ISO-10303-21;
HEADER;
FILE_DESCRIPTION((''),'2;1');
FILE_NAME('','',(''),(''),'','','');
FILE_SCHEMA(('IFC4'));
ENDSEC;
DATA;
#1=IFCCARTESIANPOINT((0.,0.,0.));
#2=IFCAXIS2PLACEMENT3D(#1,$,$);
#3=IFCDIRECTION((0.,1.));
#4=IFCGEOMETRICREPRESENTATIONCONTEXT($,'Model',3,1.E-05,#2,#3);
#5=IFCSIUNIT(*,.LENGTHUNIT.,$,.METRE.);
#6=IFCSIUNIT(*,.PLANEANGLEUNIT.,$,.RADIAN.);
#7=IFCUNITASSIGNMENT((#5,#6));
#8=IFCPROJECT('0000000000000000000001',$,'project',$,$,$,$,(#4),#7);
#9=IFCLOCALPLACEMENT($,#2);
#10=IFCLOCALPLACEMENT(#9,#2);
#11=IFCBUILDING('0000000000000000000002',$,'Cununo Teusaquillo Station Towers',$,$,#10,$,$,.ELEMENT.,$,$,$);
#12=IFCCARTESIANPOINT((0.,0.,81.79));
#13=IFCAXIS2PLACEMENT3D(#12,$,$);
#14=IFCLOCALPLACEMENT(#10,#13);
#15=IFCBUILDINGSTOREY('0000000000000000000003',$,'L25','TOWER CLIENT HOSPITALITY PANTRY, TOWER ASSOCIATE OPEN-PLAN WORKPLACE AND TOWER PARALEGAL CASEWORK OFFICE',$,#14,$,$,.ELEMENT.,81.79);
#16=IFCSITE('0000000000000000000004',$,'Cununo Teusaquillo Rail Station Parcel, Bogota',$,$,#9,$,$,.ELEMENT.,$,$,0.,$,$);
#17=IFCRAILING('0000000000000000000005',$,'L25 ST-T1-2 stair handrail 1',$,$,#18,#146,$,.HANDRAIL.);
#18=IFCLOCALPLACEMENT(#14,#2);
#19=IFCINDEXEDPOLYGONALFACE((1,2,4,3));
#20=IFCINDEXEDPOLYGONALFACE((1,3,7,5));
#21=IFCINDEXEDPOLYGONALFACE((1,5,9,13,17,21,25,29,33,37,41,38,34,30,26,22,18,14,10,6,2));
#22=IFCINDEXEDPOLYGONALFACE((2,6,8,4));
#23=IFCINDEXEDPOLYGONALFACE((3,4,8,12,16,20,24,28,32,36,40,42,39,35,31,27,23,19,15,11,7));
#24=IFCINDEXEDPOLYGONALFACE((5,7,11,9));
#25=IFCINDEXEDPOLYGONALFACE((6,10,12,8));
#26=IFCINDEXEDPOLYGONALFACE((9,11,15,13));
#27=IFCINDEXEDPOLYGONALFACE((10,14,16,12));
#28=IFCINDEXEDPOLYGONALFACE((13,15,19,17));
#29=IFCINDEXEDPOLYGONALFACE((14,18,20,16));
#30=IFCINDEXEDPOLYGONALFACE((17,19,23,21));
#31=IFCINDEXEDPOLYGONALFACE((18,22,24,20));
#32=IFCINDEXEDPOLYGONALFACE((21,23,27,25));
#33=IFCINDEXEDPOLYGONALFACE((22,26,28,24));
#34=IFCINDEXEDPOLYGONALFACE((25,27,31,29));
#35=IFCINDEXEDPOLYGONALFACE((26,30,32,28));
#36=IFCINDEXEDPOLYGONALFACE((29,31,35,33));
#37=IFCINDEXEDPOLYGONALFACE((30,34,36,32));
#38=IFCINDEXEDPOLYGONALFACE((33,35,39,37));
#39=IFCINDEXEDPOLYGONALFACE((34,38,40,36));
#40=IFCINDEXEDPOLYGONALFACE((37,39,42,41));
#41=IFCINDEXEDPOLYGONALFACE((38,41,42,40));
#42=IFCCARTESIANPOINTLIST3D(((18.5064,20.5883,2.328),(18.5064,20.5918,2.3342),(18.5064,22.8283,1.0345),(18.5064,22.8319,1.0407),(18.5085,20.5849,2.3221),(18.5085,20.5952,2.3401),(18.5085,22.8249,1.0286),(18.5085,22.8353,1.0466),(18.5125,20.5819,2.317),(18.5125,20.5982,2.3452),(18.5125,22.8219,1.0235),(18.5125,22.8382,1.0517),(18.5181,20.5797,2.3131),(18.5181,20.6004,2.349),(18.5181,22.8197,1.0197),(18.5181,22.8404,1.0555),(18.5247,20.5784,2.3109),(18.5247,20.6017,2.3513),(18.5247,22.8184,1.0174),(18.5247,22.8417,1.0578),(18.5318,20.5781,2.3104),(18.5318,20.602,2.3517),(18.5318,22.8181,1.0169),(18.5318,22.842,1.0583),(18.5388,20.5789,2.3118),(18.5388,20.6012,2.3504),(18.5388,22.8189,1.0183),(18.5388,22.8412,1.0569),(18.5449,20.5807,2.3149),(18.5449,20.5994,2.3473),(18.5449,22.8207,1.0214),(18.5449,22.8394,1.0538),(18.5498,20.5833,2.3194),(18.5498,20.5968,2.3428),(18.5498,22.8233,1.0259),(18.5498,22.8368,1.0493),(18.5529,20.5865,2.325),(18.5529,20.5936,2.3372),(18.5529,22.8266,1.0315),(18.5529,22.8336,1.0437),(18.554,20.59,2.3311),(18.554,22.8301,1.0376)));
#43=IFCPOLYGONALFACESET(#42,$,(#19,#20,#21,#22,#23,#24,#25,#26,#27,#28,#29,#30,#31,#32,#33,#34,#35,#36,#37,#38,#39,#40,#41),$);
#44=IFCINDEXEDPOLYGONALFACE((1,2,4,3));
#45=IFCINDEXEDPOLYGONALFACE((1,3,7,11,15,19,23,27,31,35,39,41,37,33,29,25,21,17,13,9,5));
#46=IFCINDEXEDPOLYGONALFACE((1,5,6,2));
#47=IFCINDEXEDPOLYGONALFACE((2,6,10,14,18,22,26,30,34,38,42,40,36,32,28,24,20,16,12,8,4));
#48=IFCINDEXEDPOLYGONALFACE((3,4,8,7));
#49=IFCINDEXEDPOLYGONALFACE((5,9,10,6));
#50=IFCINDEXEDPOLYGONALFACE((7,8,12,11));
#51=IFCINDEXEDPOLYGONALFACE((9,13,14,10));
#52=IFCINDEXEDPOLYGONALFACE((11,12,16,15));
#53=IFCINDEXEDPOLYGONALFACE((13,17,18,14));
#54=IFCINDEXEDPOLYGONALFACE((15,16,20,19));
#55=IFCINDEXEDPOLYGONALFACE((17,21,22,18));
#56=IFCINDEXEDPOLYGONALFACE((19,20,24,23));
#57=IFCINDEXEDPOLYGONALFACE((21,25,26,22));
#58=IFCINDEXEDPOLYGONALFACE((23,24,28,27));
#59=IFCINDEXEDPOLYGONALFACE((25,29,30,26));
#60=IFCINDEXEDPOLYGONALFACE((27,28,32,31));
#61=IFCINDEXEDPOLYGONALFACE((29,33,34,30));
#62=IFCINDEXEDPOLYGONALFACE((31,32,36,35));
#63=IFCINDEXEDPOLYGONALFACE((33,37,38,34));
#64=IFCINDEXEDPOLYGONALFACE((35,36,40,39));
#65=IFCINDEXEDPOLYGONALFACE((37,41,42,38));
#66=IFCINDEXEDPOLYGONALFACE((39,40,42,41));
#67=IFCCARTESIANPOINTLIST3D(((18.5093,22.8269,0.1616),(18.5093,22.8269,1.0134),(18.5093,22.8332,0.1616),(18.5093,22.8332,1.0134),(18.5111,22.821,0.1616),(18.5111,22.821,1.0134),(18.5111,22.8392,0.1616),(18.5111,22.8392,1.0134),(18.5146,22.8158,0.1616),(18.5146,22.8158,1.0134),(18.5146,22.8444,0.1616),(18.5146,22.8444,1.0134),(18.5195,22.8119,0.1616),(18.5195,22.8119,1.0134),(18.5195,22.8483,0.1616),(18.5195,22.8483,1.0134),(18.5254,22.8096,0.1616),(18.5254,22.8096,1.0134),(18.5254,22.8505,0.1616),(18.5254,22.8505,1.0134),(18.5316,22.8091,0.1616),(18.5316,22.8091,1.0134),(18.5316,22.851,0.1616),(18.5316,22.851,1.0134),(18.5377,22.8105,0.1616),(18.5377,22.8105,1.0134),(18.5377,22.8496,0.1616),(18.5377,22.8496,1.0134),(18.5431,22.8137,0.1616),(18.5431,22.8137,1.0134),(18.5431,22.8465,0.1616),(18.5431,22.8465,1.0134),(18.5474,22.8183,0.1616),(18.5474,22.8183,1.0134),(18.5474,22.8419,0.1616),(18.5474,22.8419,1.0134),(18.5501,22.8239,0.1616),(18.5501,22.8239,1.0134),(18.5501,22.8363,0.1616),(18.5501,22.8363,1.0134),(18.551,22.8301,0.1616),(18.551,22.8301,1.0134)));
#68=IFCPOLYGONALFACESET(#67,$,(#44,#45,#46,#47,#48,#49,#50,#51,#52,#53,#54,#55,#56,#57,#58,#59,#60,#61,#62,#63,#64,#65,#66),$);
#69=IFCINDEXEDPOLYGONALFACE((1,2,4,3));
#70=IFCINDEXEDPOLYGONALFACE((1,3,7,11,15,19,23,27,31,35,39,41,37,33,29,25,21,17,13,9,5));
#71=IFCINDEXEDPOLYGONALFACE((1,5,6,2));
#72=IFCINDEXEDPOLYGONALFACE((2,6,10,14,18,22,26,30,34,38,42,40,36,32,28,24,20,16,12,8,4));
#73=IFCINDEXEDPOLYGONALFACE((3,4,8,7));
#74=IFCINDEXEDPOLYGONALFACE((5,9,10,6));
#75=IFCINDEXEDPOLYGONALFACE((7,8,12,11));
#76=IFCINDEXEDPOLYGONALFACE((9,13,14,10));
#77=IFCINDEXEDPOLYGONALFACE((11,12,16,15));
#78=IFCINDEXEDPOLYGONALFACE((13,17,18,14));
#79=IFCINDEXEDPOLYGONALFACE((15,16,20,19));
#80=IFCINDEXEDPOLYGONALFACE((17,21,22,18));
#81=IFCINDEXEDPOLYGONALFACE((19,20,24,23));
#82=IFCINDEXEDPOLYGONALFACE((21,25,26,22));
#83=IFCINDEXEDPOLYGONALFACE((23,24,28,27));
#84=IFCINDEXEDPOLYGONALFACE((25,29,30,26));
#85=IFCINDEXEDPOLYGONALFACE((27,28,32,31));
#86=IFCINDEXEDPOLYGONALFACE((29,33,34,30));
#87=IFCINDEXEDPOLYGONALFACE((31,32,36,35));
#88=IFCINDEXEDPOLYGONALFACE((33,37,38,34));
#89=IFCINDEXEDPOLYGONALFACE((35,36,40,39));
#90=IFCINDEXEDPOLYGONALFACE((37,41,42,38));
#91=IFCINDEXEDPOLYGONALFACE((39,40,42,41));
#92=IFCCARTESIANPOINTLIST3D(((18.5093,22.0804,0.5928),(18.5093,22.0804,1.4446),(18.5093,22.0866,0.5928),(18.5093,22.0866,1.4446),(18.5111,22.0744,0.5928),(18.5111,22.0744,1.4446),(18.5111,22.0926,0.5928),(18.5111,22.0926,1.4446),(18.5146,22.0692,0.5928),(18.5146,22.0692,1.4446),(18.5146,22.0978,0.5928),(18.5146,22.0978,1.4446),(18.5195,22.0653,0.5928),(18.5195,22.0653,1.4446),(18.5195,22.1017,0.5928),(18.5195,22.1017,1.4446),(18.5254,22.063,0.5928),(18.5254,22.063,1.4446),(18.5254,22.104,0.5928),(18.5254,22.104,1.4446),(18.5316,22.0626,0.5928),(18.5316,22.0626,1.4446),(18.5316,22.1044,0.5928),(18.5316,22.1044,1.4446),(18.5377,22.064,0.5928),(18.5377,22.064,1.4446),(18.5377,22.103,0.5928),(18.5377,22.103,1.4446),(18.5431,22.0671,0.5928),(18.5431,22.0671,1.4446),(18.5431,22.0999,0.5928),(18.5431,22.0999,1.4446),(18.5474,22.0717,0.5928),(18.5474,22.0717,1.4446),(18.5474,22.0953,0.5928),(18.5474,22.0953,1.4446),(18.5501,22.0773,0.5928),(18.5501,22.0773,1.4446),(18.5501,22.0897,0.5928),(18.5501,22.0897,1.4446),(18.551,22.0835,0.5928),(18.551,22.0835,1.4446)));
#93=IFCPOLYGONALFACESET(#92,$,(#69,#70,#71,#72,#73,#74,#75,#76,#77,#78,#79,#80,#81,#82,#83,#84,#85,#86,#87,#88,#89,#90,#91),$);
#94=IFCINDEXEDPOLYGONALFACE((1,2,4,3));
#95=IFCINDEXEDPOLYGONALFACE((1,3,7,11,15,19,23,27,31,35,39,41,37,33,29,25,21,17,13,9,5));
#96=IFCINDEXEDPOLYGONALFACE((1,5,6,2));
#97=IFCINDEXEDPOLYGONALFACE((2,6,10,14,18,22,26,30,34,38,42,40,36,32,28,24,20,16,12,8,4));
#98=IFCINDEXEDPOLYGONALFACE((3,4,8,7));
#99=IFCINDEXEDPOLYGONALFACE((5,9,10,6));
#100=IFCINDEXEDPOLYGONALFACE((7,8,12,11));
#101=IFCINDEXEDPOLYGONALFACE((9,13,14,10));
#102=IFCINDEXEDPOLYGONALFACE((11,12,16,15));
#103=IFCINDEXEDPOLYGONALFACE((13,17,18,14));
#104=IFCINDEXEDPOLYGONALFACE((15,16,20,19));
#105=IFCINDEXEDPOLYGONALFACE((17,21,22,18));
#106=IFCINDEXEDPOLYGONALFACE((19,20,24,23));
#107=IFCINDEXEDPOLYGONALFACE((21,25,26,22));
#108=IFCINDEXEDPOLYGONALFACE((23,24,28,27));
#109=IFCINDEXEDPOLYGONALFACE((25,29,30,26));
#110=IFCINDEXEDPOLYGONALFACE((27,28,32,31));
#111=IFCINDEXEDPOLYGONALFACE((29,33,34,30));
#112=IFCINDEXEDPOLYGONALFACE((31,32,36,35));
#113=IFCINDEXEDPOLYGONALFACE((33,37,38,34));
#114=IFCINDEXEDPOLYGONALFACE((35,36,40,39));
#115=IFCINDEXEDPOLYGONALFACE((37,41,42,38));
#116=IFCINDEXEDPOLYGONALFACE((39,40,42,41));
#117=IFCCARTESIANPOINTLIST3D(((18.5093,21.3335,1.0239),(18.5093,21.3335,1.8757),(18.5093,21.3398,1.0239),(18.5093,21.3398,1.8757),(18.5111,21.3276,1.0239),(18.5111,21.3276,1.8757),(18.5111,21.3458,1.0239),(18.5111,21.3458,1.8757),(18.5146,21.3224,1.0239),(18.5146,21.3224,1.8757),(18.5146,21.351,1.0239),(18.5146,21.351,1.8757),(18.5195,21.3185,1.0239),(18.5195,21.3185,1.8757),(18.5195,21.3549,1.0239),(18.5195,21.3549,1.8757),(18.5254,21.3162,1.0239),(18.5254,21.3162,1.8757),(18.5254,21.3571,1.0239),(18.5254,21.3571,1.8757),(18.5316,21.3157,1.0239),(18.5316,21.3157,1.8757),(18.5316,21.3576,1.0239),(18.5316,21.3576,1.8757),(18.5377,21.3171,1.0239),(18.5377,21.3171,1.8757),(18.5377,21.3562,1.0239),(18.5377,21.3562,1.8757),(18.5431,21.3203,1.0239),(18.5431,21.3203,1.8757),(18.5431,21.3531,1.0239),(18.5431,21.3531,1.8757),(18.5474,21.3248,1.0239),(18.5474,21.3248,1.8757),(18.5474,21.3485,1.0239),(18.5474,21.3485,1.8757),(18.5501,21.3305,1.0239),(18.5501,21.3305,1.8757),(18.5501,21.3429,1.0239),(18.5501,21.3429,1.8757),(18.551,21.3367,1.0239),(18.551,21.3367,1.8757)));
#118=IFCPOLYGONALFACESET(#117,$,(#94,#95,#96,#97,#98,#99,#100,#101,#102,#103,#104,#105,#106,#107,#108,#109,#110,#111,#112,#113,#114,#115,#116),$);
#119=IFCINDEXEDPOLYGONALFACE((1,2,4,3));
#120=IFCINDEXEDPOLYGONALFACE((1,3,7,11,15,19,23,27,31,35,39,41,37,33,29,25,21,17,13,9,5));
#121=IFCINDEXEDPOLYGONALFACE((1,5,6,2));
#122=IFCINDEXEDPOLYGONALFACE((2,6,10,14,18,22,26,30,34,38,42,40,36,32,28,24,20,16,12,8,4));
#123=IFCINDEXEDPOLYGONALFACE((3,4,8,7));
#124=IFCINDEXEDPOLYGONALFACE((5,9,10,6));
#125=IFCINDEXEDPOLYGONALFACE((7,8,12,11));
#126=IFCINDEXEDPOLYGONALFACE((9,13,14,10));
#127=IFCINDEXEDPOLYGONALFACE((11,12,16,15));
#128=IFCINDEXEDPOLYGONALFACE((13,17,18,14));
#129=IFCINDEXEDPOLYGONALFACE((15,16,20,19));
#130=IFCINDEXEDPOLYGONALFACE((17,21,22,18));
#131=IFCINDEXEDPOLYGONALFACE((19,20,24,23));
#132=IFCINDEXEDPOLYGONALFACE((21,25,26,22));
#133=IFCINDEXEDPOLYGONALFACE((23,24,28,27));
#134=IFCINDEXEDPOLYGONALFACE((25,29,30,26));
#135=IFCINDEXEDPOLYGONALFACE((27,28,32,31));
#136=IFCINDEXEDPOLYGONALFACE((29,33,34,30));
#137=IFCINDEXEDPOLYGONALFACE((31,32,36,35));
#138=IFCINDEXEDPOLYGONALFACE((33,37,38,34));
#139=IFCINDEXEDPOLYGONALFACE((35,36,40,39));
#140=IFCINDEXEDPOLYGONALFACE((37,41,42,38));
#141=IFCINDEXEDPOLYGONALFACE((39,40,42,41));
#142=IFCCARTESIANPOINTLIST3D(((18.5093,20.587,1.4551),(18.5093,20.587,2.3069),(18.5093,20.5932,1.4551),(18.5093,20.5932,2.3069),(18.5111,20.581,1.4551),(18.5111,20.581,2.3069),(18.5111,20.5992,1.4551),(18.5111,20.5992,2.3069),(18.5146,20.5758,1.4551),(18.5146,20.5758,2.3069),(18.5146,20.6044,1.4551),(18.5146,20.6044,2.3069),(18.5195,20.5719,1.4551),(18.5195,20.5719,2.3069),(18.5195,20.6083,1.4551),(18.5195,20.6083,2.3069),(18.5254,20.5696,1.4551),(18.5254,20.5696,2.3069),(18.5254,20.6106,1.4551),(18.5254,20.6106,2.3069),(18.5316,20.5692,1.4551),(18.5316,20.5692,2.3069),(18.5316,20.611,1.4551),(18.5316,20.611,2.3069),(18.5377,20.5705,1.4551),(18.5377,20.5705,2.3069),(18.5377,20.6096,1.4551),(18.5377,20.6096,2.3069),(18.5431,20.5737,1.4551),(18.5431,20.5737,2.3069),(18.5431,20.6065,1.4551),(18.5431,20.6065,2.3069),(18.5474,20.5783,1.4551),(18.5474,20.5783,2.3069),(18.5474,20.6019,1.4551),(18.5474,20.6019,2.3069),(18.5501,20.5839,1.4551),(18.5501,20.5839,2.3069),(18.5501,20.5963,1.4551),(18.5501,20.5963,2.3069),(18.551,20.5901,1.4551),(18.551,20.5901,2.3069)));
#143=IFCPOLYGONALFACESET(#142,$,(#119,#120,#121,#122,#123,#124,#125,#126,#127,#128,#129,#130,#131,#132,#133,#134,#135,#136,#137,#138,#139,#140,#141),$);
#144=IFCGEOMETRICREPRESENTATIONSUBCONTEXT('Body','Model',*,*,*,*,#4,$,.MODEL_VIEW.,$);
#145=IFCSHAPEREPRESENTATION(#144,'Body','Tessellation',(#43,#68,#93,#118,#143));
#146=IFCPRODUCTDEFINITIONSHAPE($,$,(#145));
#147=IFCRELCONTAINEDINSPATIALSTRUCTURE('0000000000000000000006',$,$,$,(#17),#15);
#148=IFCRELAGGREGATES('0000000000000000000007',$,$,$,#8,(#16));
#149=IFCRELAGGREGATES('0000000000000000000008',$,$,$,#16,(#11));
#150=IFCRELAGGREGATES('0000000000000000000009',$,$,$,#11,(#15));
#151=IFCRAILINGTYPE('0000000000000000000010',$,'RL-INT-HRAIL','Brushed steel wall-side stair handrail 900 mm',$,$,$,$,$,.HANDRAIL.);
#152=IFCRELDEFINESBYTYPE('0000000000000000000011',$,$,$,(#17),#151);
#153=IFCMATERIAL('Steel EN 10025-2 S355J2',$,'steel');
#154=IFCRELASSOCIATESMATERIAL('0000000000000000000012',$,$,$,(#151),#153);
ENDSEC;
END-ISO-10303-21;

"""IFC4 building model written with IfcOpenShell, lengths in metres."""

from ifc_helpers import new_model, si_unit, direction, frame, origin, origin_2d, place, context, subcontext, project, spatial, circle, extrude, material, type_object, element, save


model = new_model("IFC4")

# Units and contexts
model_context = context("Model", 3, precision=1e-05, world=origin(), true_north=direction((0.0, 1.0)))
body_context = subcontext(model_context, "Body", "Model", "MODEL_VIEW")
ifc_project = project(units=[si_unit("LENGTHUNIT", "METRE"), si_unit("PLANEANGLEUNIT", "RADIAN")], contexts=[model_context])

# Site, building, storey
site_placement = place(None, origin())
site = spatial("IfcSite", under=ifc_project, at=site_placement, Name="Cununo Teusaquillo Rail Station Parcel, Bogota", CompositionType="ELEMENT", RefElevation=0.0)
building_placement = place(site_placement, origin())
building = spatial("IfcBuilding", under=site, at=building_placement, Name="Cununo Teusaquillo Station Towers", CompositionType="ELEMENT")
storey_placement = place(building_placement, frame((0.0, 0.0, 81.79)))
storey = spatial("IfcBuildingStorey", under=building, at=storey_placement, Name="L25", Description="TOWER CLIENT HOSPITALITY PANTRY, TOWER ASSOCIATE OPEN-PLAN WORKPLACE AND TOWER PARALEGAL CASEWORK OFFICE", CompositionType="ELEMENT", Elevation=81.79)

# Railing
ifc_material_1 = material(Name="Steel EN 10025-2 S355J2", Category="steel")
railing_type_1 = type_object("IfcRailingType", Name="RL-INT-HRAIL", Description="Brushed steel wall-side stair handrail 900 mm", PredefinedType="HANDRAIL", material=ifc_material_1)
railing_1_placement = place(storey_placement, frame((18.53, 22.8301, 0.1616)))
element("IfcRailing", 1, at=railing_1_placement, inside=storey, type_object=railing_type_1, Name="L25 ST-T1-2 stair handrail 1", PredefinedType="HANDRAIL", context=body_context, shape_type="SweptSolid", body=[
    extrude(circle(Radius=0.0239, at=origin_2d()), frame((0.0, 0.0, 0.876), z_axis=(0.0, -0.865992, 0.500057), x_axis=(1.0, 0.0, 0.0)), (0.0, 0.0, 1.0), 2.5867),
    extrude(circle(Radius=0.021, at=origin_2d()), origin(), (0.0, 0.0, 1.0), 0.8518),
    extrude(circle(Radius=0.021, at=origin_2d()), frame((0.0, -0.7466, 0.4312)), (0.0, 0.0, 1.0), 0.8518),
    extrude(circle(Radius=0.021, at=origin_2d()), frame((0.0, -1.4934, 0.8623)), (0.0, 0.0, 1.0), 0.8518),
    extrude(circle(Radius=0.021, at=origin_2d()), frame((0.0, -2.24, 1.2935)), (0.0, 0.0, 1.0), 0.8518),
])

save(model, "model.ifc")
